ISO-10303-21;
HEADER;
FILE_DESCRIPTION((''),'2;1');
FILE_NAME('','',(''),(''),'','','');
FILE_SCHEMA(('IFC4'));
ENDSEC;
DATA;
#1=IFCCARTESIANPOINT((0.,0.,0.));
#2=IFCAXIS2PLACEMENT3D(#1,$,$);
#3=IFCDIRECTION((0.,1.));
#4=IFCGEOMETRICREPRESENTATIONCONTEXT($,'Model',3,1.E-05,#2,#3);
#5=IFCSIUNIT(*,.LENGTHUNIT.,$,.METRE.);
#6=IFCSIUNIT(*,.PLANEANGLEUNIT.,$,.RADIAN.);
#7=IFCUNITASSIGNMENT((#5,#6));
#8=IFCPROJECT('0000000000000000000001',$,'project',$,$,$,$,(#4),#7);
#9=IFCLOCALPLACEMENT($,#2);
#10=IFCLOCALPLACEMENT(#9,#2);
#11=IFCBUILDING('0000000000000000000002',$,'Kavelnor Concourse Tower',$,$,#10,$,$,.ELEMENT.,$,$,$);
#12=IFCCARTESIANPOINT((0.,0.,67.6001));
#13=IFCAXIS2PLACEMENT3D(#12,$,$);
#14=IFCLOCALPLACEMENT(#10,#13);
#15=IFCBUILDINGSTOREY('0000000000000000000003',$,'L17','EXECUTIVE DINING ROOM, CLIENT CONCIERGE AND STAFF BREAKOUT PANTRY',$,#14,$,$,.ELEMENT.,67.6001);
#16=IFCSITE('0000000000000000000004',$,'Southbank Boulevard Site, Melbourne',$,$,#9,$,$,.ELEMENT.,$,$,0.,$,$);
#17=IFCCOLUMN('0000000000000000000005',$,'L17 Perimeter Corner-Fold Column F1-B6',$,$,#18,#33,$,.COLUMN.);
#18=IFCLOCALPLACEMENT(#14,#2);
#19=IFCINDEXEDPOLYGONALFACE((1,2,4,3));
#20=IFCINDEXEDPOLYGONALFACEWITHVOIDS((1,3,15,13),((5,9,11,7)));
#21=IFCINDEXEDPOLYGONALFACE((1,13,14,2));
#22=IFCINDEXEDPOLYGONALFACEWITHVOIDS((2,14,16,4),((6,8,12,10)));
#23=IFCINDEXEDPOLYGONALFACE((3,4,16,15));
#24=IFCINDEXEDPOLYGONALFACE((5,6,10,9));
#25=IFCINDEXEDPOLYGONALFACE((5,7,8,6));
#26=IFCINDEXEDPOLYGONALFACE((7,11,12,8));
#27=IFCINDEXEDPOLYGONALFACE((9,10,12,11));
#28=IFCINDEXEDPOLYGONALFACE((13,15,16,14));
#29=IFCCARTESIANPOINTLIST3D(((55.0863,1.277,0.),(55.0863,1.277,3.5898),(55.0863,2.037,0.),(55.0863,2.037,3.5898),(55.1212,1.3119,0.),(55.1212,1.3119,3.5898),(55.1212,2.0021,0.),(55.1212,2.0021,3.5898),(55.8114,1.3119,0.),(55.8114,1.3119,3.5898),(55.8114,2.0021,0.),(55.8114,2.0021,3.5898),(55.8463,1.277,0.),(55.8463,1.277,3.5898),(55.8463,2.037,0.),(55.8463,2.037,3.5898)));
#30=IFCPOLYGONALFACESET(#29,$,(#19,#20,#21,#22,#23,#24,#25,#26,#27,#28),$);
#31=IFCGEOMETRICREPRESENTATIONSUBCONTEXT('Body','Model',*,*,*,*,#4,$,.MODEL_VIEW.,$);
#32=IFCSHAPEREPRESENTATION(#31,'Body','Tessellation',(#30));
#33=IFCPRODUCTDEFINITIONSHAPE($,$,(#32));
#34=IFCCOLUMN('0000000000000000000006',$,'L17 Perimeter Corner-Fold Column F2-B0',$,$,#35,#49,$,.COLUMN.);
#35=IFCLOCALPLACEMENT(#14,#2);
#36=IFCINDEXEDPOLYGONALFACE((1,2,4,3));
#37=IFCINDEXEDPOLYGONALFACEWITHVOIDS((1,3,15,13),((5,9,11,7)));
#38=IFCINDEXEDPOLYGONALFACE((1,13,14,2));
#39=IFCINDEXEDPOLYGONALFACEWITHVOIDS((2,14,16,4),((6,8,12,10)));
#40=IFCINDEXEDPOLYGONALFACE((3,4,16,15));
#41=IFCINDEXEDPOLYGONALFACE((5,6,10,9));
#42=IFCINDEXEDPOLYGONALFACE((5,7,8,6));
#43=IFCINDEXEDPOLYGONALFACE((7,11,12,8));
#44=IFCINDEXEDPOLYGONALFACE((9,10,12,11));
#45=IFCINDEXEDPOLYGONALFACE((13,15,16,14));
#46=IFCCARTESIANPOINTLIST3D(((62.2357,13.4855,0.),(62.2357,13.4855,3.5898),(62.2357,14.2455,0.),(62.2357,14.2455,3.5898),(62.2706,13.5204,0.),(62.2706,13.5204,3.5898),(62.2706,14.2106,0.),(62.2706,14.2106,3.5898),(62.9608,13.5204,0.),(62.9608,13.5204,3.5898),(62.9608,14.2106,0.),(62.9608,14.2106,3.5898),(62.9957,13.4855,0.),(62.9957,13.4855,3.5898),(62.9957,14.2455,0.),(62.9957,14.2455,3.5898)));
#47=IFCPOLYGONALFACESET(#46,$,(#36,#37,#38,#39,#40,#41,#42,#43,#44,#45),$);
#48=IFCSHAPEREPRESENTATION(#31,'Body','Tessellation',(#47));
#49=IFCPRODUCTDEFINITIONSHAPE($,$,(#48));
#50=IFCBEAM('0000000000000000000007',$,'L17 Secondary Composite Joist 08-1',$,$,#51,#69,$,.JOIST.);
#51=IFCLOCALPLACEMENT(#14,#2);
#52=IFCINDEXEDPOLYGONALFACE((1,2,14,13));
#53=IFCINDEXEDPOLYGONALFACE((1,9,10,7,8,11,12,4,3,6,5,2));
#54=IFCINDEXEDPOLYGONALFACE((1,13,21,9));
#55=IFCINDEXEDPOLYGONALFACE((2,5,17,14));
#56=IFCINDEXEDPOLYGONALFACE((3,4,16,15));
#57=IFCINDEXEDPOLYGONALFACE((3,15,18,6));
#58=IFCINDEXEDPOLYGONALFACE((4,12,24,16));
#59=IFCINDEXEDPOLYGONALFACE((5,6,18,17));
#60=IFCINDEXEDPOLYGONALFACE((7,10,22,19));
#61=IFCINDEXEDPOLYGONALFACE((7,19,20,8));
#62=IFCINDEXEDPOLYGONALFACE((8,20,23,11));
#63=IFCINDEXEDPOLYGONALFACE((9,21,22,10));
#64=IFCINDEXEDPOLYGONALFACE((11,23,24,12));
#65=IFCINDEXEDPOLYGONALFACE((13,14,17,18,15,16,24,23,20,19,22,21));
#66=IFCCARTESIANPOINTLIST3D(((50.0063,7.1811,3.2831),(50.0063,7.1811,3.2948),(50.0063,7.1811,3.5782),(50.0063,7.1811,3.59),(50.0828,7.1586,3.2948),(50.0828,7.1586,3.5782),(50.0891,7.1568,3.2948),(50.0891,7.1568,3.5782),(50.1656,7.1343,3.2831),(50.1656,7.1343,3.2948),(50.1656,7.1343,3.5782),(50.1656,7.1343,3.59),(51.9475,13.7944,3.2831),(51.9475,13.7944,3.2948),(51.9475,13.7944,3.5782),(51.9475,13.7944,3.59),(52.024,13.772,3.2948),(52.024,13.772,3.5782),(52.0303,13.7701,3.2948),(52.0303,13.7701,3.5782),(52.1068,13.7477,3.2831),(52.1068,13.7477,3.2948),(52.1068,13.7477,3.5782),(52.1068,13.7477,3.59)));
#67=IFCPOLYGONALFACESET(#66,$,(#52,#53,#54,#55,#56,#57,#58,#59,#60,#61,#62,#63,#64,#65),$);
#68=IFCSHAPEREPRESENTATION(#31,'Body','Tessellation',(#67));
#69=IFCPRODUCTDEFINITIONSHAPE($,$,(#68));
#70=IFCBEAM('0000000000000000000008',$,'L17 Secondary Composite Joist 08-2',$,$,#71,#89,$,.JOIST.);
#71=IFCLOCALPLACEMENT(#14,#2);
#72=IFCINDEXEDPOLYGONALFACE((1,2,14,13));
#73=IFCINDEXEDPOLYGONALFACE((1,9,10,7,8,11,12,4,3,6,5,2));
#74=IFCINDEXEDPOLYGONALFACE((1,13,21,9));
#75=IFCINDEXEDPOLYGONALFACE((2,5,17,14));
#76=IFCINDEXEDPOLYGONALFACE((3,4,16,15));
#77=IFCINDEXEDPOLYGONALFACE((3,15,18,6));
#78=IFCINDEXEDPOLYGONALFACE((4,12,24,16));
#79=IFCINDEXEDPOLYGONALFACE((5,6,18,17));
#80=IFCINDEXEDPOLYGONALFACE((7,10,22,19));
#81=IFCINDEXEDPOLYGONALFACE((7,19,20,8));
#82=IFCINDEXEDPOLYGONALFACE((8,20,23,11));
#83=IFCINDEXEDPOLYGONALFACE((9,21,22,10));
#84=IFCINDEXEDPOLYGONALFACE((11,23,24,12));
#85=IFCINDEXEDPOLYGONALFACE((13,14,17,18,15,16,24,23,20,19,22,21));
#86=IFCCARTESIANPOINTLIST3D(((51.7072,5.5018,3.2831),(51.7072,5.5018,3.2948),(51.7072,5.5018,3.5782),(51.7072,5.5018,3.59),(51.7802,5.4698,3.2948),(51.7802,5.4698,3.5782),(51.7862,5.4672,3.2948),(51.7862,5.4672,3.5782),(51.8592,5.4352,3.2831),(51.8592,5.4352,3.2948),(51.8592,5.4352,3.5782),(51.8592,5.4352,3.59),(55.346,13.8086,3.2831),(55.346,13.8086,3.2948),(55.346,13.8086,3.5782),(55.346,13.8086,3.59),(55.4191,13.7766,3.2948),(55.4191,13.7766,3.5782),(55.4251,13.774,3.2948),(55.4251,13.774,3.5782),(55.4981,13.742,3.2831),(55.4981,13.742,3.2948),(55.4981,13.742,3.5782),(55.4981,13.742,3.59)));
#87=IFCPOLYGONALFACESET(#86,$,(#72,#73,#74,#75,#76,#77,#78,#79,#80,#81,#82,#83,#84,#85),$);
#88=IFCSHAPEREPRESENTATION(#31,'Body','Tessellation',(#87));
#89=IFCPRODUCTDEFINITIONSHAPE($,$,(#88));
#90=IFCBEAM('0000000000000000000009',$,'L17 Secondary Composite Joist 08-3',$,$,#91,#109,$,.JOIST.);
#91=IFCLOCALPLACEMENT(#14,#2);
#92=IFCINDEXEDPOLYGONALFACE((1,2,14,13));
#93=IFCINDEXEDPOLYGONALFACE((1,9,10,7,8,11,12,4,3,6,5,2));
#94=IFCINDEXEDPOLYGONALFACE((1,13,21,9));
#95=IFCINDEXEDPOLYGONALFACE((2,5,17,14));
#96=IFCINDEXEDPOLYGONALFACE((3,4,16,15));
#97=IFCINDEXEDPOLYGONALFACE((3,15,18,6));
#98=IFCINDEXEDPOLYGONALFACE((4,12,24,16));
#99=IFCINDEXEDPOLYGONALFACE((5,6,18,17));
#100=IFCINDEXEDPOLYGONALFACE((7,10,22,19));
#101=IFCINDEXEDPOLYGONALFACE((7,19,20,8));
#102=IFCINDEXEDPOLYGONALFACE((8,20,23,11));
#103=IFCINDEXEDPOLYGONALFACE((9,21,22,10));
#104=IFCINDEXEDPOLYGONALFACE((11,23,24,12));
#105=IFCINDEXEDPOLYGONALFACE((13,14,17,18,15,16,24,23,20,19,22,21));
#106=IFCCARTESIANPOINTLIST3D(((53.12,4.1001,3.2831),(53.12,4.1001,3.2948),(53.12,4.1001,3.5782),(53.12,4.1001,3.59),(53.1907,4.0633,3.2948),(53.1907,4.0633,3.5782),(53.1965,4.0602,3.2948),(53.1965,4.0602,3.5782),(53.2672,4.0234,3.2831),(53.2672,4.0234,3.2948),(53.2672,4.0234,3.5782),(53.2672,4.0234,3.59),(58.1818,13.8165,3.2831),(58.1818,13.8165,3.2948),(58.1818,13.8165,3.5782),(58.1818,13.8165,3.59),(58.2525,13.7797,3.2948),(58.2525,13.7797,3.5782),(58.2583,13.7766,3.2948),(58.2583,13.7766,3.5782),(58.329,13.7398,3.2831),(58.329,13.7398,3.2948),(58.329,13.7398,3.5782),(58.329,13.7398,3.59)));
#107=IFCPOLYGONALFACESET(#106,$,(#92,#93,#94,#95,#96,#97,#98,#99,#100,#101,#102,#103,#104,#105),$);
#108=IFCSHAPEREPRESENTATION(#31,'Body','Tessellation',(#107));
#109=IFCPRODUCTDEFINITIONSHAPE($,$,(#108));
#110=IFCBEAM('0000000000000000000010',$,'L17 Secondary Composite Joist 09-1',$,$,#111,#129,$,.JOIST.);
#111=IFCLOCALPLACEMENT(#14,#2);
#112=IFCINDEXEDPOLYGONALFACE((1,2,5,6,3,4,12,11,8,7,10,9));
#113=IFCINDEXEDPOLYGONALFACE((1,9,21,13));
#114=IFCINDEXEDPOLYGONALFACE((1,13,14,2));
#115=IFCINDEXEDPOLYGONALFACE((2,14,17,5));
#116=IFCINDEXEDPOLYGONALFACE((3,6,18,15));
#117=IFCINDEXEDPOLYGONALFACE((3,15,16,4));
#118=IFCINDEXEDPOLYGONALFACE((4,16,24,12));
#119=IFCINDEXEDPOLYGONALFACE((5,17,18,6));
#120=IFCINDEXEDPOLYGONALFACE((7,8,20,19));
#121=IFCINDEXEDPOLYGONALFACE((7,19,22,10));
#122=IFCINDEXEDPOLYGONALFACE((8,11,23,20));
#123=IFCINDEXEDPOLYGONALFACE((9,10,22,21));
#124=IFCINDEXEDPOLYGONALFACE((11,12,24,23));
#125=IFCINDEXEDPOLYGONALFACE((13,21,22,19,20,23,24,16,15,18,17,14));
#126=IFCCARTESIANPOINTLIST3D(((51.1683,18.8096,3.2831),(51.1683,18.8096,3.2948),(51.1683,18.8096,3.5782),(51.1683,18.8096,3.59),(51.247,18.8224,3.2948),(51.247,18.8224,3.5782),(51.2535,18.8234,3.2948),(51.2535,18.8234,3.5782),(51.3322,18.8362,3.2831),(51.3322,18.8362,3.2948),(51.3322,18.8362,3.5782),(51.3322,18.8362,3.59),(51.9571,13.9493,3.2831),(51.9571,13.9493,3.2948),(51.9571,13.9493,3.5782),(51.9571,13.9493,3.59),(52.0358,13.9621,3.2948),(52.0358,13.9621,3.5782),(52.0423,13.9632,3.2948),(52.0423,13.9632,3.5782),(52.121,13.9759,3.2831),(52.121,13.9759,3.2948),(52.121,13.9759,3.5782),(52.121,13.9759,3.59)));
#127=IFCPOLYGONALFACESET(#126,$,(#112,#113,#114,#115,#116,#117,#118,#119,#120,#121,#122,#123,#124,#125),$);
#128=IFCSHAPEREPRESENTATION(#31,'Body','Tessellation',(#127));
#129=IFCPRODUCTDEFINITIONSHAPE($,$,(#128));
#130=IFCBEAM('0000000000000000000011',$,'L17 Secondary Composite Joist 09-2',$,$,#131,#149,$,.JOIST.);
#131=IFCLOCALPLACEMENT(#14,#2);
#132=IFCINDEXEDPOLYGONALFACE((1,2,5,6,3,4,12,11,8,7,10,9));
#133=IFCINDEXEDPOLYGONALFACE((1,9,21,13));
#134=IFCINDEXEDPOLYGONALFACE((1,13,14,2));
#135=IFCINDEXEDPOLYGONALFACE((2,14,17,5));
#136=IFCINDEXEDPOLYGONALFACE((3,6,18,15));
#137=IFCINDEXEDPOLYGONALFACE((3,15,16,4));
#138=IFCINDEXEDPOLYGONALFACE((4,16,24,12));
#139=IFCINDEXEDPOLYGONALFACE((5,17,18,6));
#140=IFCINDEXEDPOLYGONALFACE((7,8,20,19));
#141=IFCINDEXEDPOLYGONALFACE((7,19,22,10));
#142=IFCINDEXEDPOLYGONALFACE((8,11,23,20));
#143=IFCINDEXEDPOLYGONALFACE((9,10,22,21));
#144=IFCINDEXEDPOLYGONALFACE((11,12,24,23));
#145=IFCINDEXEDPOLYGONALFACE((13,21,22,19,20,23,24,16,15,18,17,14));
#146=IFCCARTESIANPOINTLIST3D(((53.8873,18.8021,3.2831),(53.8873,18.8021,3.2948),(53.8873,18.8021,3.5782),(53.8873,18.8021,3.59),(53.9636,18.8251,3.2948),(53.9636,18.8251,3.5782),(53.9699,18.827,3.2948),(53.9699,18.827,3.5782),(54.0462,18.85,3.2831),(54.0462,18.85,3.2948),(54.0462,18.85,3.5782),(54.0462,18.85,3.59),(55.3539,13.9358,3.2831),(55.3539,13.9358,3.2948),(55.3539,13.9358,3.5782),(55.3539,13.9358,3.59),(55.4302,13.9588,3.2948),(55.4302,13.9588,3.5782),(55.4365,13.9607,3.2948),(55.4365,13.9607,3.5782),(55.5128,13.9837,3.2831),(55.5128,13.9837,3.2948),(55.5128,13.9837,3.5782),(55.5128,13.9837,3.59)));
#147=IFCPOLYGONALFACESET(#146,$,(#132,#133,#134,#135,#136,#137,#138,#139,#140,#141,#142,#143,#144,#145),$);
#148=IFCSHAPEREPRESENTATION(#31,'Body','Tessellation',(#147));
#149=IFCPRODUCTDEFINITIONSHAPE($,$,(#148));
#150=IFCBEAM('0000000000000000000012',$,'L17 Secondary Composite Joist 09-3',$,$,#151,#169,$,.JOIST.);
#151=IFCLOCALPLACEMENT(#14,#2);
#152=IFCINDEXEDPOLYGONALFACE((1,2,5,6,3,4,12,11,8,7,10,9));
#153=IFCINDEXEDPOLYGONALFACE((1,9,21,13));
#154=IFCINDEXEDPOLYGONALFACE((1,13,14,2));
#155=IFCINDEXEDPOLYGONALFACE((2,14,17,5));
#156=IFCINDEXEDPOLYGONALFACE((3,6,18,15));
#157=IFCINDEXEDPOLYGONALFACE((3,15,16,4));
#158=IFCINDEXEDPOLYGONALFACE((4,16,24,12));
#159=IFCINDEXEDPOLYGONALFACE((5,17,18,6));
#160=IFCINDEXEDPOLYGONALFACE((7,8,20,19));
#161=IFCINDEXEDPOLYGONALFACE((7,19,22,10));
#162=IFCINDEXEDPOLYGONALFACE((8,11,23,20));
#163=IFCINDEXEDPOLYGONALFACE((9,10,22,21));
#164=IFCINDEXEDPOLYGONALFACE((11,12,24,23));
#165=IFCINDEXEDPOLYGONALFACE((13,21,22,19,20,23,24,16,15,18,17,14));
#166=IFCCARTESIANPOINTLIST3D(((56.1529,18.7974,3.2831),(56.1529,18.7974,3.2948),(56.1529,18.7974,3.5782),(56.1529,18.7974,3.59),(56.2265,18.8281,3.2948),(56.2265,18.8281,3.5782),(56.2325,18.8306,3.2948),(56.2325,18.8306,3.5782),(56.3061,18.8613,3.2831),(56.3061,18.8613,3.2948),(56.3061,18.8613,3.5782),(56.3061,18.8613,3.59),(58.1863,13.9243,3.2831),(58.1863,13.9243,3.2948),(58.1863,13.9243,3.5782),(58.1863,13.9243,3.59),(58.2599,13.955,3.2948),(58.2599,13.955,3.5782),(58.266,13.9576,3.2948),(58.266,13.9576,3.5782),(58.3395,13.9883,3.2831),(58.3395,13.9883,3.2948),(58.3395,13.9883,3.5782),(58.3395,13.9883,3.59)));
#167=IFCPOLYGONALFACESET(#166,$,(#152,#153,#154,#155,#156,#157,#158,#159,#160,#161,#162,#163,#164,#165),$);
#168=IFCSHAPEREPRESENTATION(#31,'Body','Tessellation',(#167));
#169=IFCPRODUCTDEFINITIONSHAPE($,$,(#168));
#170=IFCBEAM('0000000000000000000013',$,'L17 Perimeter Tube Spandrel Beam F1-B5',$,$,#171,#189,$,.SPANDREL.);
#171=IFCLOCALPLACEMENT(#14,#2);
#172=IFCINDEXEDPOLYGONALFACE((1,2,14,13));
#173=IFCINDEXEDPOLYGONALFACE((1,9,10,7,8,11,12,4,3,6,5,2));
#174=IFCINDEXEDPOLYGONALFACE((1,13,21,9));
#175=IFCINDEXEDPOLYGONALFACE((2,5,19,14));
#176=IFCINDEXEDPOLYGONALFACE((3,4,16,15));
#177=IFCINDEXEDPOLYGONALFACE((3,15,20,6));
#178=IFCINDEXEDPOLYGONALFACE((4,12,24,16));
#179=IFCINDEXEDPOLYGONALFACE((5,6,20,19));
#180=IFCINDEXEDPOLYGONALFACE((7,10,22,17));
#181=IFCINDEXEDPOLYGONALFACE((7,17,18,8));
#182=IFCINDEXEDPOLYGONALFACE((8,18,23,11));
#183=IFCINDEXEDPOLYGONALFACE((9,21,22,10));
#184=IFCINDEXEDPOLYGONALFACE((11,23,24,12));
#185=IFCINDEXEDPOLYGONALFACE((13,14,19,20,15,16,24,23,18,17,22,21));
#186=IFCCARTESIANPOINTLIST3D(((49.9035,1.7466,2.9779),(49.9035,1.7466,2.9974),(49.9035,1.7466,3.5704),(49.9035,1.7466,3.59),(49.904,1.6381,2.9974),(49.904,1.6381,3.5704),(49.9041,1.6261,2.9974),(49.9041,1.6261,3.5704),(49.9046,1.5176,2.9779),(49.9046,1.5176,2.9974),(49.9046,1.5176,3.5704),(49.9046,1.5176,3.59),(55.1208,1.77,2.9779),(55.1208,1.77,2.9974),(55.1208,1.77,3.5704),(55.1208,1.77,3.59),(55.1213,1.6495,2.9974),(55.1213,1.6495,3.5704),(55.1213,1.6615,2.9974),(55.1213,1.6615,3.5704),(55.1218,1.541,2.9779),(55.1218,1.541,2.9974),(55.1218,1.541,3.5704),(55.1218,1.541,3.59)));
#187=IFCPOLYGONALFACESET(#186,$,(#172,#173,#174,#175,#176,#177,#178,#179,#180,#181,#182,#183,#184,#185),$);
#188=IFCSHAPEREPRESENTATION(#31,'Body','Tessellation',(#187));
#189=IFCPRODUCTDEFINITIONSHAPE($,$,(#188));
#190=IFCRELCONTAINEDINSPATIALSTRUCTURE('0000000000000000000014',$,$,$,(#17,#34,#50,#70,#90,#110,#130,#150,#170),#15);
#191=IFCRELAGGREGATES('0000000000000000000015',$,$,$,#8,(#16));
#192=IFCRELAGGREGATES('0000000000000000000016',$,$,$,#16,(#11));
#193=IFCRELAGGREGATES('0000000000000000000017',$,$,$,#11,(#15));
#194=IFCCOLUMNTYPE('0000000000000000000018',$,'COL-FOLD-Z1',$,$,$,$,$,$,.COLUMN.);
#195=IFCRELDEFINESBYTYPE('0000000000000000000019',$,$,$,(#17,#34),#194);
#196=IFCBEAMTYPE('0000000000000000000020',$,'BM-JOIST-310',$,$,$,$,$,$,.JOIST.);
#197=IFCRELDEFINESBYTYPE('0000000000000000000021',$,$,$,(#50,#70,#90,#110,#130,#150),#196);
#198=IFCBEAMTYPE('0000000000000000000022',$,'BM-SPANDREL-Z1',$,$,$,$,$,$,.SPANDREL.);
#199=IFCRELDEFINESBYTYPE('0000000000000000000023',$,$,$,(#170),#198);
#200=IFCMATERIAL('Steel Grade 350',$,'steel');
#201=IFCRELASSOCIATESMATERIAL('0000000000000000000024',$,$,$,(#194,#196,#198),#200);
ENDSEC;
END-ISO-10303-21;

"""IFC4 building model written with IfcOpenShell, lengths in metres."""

from ifc_helpers import new_model, si_unit, direction, frame, origin, origin_2d, place, context, subcontext, project, spatial, hollow_rectangle, i_section, extrude, material, material_profile, profile_set, type_object, element, save


model = new_model("IFC4")

# Units and contexts
model_context = context("Model", 3, precision=1e-05, world=origin(), true_north=direction((0.0, 1.0)))
body_context = subcontext(model_context, "Body", "Model", "MODEL_VIEW")
ifc_project = project(units=[si_unit("LENGTHUNIT", "METRE"), si_unit("PLANEANGLEUNIT", "RADIAN")], contexts=[model_context])

# Site, building, storey
site_placement = place(None, origin())
site = spatial("IfcSite", under=ifc_project, at=site_placement, Name="Southbank Boulevard Site, Melbourne", CompositionType="ELEMENT", RefElevation=0.0)
building_placement = place(site_placement, origin())
building = spatial("IfcBuilding", under=site, at=building_placement, Name="Kavelnor Concourse Tower", CompositionType="ELEMENT")
storey_placement = place(building_placement, frame((0.0, 0.0, 67.6001)))
storey = spatial("IfcBuildingStorey", under=building, at=storey_placement, Name="L17", Description="EXECUTIVE DINING ROOM, CLIENT CONCIERGE AND STAFF BREAKOUT PANTRY", CompositionType="ELEMENT", Elevation=67.6001)

# Columns
ifc_material_1 = material(Name="Steel Grade 350", Category="steel")
ifc_material_profile_1 = material_profile(ifc_material_1, hollow_rectangle(XDim=0.76, YDim=0.76, WallThickness=0.0349, at=origin_2d()), Name="SHS 760x760x35")
ifc_profile_set_1 = profile_set([ifc_material_profile_1], Name="Steel Grade 350")
column_type = type_object("IfcColumnType", Name="COL-FOLD-Z1", PredefinedType="COLUMN", material=ifc_profile_set_1)
for number, where, z_axis, x_axis, name in (
    (1, (55.4663, 1.657, 0.0), (0.0, 0.0, 1.0), (1.0, 0.0, 0.0), "L17 Perimeter Corner-Fold Column F1-B6"),
    (2, (62.6157, 13.8655, 0.0), (0.0, 0.0, 1.0), (1.0, 0.0, 0.0), "L17 Perimeter Corner-Fold Column F2-B0"),
):
    element("IfcColumn", number, at=place(storey_placement, frame(where, z_axis=z_axis, x_axis=x_axis)), inside=storey, type_object=column_type, Name=name, PredefinedType="COLUMN", context=body_context, shape_type="SweptSolid", body=[
        extrude(hollow_rectangle(XDim=0.76, YDim=0.76, WallThickness=0.0349, at=origin_2d()), origin(), (0.0, 0.0, 1.0), 3.5898),
    ])

# Beams
ifc_material_profile_2 = material_profile(ifc_material_1, i_section(OverallWidth=0.166, OverallDepth=0.3069, WebThickness=0.0066, FlangeThickness=0.0117, at=origin_2d()), Name="310UB46")
ifc_profile_set_2 = profile_set([ifc_material_profile_2], Name="Steel Grade 350")
beam_type_1 = type_object("IfcBeamType", Name="BM-JOIST-310", PredefinedType="JOIST", material=ifc_profile_set_2)
beam_1_placement = place(storey_placement, frame((50.0859, 7.1577, 3.4365), z_axis=(0.281643, 0.959519, 0.0), x_axis=(-0.959519, 0.281643, 0.0)))
element("IfcBeam", 3, at=beam_1_placement, inside=storey, type_object=beam_type_1, Name="L17 Secondary Composite Joist 08-1", PredefinedType="JOIST", context=body_context, shape_type="SweptSolid", body=[
    extrude(i_section(OverallWidth=0.166, OverallDepth=0.3069, WebThickness=0.0066, FlangeThickness=0.0117, at=origin_2d()), origin(), (0.0, 0.0, 1.0), 6.8923),
])
beam_2_placement = place(storey_placement, frame((51.7832, 5.4685, 3.4365), z_axis=(0.40125, 0.915969, 0.0), x_axis=(-0.915969, 0.40125, 0.0)))
element("IfcBeam", 4, at=beam_2_placement, inside=storey, type_object=beam_type_1, Name="L17 Secondary Composite Joist 08-2", PredefinedType="JOIST", context=body_context, shape_type="SweptSolid", body=[
    extrude(i_section(OverallWidth=0.166, OverallDepth=0.3069, WebThickness=0.0066, FlangeThickness=0.0117, at=origin_2d()), origin(), (0.0, 0.0, 1.0), 9.0688),
])
beam_3_placement = place(storey_placement, frame((53.1936, 4.0618, 3.4365), z_axis=(0.46202, 0.88687, 0.0), x_axis=(-0.88687, 0.46202, 0.0)))
element("IfcBeam", 5, at=beam_3_placement, inside=storey, type_object=beam_type_1, Name="L17 Secondary Composite Joist 08-3", PredefinedType="JOIST", context=body_context, shape_type="SweptSolid", body=[
    extrude(i_section(OverallWidth=0.166, OverallDepth=0.3069, WebThickness=0.0066, FlangeThickness=0.0117, at=origin_2d()), origin(), (0.0, 0.0, 1.0), 10.9558),
])
beam_4_placement = place(storey_placement, frame((52.0391, 13.9626, 3.4365), z_axis=(-0.1602, 0.987085, 0.0), x_axis=(-0.987085, -0.1602, 0.0)))
element("IfcBeam", 6, at=beam_4_placement, inside=storey, type_object=beam_type_1, Name="L17 Secondary Composite Joist 09-1", PredefinedType="JOIST", context=body_context, shape_type="SweptSolid", body=[
    extrude(i_section(OverallWidth=0.166, OverallDepth=0.3069, WebThickness=0.0066, FlangeThickness=0.0117, at=origin_2d()), origin(), (0.0, 0.0, 1.0), 4.9238),
])
beam_5_placement = place(storey_placement, frame((55.4333, 13.9597, 3.4365), z_axis=(-0.288555, 0.957463, 0.0), x_axis=(-0.957463, -0.288555, 0.0)))
element("IfcBeam", 7, at=beam_5_placement, inside=storey, type_object=beam_type_1, Name="L17 Secondary Composite Joist 09-2", PredefinedType="JOIST", context=body_context, shape_type="SweptSolid", body=[
    extrude(i_section(OverallWidth=0.166, OverallDepth=0.3069, WebThickness=0.0066, FlangeThickness=0.0117, at=origin_2d()), origin(), (0.0, 0.0, 1.0), 5.0825),
])
beam_6_placement = place(storey_placement, frame((58.2629, 13.9563, 3.4365), z_axis=(-0.385101, 0.922874, 0.0), x_axis=(-0.922874, -0.385101, 0.0)))
element("IfcBeam", 8, at=beam_6_placement, inside=storey, type_object=beam_type_1, Name="L17 Secondary Composite Joist 09-3", PredefinedType="JOIST", context=body_context, shape_type="SweptSolid", body=[
    extrude(i_section(OverallWidth=0.166, OverallDepth=0.3069, WebThickness=0.0066, FlangeThickness=0.0117, at=origin_2d()), origin(), (0.0, 0.0, 1.0), 5.2803),
])
ifc_material_profile_3 = material_profile(ifc_material_1, i_section(OverallWidth=0.229, OverallDepth=0.6121, WebThickness=0.012, FlangeThickness=0.0195, at=origin_2d()), Name="610UB125")
ifc_profile_set_3 = profile_set([ifc_material_profile_3], Name="Steel Grade 350")
beam_type_2 = type_object("IfcBeamType", Name="BM-SPANDREL-Z1", PredefinedType="SPANDREL", material=ifc_profile_set_3)
beam_7_placement = place(storey_placement, frame((49.9041, 1.6321, 3.2839), z_axis=(0.99999, 0.004492, 0.0), x_axis=(-0.004492, 0.99999, 0.0)))
element("IfcBeam", 9, at=beam_7_placement, inside=storey, type_object=beam_type_2, Name="L17 Perimeter Tube Spandrel Beam F1-B5", PredefinedType="SPANDREL", context=body_context, shape_type="SweptSolid", body=[
    extrude(i_section(OverallWidth=0.229, OverallDepth=0.6121, WebThickness=0.012, FlangeThickness=0.0195, at=origin_2d()), origin(), (0.0, 0.0, 1.0), 5.2173),
])

save(model, "model.ifc")
